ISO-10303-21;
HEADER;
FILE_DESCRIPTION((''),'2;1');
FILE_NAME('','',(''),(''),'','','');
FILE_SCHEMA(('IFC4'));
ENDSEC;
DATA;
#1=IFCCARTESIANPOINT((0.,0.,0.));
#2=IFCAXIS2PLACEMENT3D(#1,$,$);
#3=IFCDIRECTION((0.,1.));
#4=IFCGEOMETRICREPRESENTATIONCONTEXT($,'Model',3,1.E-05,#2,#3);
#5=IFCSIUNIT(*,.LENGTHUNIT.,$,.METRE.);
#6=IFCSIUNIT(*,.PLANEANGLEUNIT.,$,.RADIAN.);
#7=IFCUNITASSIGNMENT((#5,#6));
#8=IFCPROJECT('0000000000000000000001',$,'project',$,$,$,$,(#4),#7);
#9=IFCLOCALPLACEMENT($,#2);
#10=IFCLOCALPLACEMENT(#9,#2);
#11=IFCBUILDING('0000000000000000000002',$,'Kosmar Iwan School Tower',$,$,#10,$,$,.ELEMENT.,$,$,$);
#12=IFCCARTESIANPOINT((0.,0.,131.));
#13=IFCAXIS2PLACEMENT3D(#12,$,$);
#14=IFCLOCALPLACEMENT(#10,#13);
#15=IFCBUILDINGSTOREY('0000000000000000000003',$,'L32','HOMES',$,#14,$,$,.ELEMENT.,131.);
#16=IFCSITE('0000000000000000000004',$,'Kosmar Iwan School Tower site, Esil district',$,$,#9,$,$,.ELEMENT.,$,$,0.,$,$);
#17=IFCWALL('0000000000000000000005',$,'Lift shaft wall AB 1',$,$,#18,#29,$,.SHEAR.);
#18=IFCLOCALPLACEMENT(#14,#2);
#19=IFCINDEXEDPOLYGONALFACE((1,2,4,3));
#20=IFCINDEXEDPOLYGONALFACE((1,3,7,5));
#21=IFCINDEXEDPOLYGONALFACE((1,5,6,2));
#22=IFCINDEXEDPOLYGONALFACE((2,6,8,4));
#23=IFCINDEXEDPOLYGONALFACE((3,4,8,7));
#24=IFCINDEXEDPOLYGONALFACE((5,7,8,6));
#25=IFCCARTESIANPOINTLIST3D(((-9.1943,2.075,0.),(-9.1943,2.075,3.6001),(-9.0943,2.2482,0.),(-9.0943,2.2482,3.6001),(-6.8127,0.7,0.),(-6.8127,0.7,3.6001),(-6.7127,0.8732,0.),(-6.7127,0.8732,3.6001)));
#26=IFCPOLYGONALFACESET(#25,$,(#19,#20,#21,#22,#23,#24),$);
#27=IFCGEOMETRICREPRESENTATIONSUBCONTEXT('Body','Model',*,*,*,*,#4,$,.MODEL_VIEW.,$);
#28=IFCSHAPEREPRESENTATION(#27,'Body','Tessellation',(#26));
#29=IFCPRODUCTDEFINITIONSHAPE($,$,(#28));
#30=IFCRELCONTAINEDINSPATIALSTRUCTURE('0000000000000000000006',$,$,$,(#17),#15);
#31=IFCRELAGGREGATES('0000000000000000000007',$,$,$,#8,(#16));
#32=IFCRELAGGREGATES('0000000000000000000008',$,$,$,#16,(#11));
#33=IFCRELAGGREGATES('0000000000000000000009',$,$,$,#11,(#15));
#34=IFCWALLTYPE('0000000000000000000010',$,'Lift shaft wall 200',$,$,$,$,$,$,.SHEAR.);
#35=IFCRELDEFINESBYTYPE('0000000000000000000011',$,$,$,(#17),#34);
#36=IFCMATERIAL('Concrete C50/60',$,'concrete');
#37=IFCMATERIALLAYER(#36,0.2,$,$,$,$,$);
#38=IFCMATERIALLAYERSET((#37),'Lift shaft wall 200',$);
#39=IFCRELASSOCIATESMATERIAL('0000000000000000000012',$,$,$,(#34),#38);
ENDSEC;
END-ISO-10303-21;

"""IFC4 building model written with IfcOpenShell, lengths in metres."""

from ifc_helpers import new_model, si_unit, direction, frame, frame_2d, origin, place, context, subcontext, project, spatial, rectangle, extrude, material, layer, layer_set, type_object, element, save


model = new_model("IFC4")

# Units and contexts
model_context = context("Model", 3, precision=1e-05, world=origin(), true_north=direction((0.0, 1.0)))
body_context = subcontext(model_context, "Body", "Model", "MODEL_VIEW")
ifc_project = project(units=[si_unit("LENGTHUNIT", "METRE"), si_unit("PLANEANGLEUNIT", "RADIAN")], contexts=[model_context])

# Site, building, storey
site_placement = place(None, origin())
site = spatial("IfcSite", under=ifc_project, at=site_placement, Name="Kosmar Iwan School Tower site, Esil district", CompositionType="ELEMENT", RefElevation=0.0)
building_placement = place(site_placement, origin())
building = spatial("IfcBuilding", under=site, at=building_placement, Name="Kosmar Iwan School Tower", CompositionType="ELEMENT")
storey_placement = place(building_placement, frame((0.0, 0.0, 131.0)))
storey = spatial("IfcBuildingStorey", under=building, at=storey_placement, Name="L32", Description="HOMES", CompositionType="ELEMENT", Elevation=131.0)

# Wall
ifc_material_1 = material(Name="Concrete C50/60", Category="concrete")
ifc_layer_1 = layer(ifc_material_1, 0.2)
ifc_layer_set_1 = layer_set([ifc_layer_1], Name="Lift shaft wall 200")
wall_type_1 = type_object("IfcWallType", Name="Lift shaft wall 200", PredefinedType="SHEAR", material=ifc_layer_set_1)
wall_1_placement = place(storey_placement, frame((-6.7627, 0.7866, 0.0), z_axis=(0.0, 0.0, 1.0), x_axis=(-0.866027, 0.499997, 0.0)))
element("IfcWall", 1, at=wall_1_placement, inside=storey, type_object=wall_type_1, Name="Lift shaft wall AB 1", PredefinedType="SHEAR", context=body_context, shape_type="SweptSolid", body=[
    extrude(rectangle(XDim=2.75, YDim=0.2, at=frame_2d((1.375, 0.0))), origin(), (0.0, 0.0, 1.0), 3.6001),
])

save(model, "model.ifc")
